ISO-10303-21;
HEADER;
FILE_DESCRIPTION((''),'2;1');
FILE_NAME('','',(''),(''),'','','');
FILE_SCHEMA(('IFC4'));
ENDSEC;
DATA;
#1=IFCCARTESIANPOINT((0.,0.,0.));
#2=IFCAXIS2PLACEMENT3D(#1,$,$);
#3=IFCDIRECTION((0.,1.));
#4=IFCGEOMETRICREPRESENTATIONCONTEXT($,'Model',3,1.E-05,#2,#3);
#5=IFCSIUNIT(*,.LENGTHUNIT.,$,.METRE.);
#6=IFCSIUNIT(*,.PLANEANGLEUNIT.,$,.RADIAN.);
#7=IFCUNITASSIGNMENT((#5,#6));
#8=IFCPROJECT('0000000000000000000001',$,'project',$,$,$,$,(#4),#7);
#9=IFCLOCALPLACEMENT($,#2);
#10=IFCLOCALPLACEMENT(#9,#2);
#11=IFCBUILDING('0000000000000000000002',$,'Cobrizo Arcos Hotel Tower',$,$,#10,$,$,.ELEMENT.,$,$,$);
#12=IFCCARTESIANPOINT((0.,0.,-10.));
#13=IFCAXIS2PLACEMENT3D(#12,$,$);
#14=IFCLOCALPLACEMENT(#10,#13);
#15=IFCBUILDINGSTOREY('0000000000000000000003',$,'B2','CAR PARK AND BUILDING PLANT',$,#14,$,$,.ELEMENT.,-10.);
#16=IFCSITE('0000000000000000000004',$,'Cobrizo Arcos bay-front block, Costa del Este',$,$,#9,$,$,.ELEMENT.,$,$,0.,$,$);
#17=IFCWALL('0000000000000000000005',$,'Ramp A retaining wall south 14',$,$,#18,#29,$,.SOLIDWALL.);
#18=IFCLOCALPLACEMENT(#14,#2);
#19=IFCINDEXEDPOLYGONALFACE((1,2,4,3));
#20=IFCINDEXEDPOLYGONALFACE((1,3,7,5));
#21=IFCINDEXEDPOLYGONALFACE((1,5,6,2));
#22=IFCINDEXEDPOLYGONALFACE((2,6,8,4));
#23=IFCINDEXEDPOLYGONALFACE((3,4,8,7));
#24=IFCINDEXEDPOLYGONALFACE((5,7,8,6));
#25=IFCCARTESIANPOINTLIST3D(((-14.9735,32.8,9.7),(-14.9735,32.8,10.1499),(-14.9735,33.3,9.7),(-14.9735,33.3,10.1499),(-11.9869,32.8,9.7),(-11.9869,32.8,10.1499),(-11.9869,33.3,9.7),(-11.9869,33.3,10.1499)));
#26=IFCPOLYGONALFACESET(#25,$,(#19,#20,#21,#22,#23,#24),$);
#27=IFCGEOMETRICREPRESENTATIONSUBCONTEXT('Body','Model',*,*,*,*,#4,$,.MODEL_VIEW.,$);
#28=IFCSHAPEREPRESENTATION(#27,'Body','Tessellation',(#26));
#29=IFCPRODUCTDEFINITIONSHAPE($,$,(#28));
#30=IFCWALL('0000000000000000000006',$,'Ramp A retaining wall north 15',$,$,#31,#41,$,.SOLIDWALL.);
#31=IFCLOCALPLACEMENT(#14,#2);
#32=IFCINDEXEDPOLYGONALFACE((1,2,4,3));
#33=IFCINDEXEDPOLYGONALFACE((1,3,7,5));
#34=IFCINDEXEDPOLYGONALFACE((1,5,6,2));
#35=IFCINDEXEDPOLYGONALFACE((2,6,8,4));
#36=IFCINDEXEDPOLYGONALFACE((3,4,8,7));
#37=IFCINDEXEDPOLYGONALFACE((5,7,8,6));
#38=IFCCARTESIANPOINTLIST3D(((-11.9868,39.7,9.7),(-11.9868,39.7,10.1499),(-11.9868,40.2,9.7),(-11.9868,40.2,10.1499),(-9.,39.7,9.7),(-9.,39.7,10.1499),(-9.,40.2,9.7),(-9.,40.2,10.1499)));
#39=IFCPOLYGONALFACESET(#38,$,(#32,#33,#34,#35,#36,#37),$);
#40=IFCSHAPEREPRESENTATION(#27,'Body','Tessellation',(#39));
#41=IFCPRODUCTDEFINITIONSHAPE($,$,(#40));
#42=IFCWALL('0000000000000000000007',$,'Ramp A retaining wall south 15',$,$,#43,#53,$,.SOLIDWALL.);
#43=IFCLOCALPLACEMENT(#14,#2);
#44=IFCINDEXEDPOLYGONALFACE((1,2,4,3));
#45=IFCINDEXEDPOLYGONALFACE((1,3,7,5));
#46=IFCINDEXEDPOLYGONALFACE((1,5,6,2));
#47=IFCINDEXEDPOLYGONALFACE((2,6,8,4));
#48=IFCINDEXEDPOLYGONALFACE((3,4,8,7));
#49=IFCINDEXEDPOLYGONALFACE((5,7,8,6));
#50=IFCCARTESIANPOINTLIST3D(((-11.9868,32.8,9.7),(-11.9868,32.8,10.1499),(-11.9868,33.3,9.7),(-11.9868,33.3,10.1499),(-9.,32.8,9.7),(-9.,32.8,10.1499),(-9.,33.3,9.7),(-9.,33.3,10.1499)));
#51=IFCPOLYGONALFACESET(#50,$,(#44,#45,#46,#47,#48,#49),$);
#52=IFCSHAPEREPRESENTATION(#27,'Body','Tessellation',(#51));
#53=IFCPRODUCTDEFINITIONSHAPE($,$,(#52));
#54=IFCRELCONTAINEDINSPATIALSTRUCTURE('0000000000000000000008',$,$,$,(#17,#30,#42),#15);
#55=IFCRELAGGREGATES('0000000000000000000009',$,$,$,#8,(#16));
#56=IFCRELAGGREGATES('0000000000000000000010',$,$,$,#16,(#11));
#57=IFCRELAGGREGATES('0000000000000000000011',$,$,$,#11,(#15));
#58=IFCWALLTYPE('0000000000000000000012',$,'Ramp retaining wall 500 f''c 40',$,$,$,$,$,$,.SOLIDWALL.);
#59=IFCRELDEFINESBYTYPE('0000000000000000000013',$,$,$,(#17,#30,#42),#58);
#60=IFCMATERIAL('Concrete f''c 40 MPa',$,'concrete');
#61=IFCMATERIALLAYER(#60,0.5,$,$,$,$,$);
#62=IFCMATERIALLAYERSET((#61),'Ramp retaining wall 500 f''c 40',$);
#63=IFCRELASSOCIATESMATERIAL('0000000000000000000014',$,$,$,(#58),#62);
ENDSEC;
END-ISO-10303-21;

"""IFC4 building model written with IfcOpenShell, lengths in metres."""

from ifc_helpers import new_model, si_unit, direction, frame, frame_2d, origin, place, context, subcontext, project, spatial, rectangle, extrude, material, layer, layer_set, type_object, element, save


model = new_model("IFC4")

# Units and contexts
model_context = context("Model", 3, precision=1e-05, world=origin(), true_north=direction((0.0, 1.0)))
body_context = subcontext(model_context, "Body", "Model", "MODEL_VIEW")
ifc_project = project(units=[si_unit("LENGTHUNIT", "METRE"), si_unit("PLANEANGLEUNIT", "RADIAN")], contexts=[model_context])

# Site, building, storey
site_placement = place(None, origin())
site = spatial("IfcSite", under=ifc_project, at=site_placement, Name="Cobrizo Arcos bay-front block, Costa del Este", CompositionType="ELEMENT", RefElevation=0.0)
building_placement = place(site_placement, origin())
building = spatial("IfcBuilding", under=site, at=building_placement, Name="Cobrizo Arcos Hotel Tower", CompositionType="ELEMENT")
storey_placement = place(building_placement, frame((0.0, 0.0, -10.0)))
storey = spatial("IfcBuildingStorey", under=building, at=storey_placement, Name="B2", Description="CAR PARK AND BUILDING PLANT", CompositionType="ELEMENT", Elevation=-10.0)

# Shared definitions
ifc_material_1 = material(Name="Concrete f'c 40 MPa", Category="concrete")

# Walls
ifc_layer_1 = layer(ifc_material_1, 0.5)
ifc_layer_set_1 = layer_set([ifc_layer_1], Name="Ramp retaining wall 500 f'c 40")
wall_type_1 = type_object("IfcWallType", Name="Ramp retaining wall 500 f'c 40", PredefinedType="SOLIDWALL", material=ifc_layer_set_1)
for number, where, z_axis, x_axis, name in (
    (1, (-14.9734, 33.05, 9.7), (0.0, 0.0, 1.0), (1.0, 0.0, 0.0), "Ramp A retaining wall south 14"),
):
    element("IfcWall", number, at=place(storey_placement, frame(where, z_axis=z_axis, x_axis=x_axis)), inside=storey, type_object=wall_type_1, Name=name, PredefinedType="SOLIDWALL", context=body_context, shape_type="SweptSolid", body=[
        extrude(rectangle(XDim=2.9866, YDim=0.5, at=frame_2d((1.4932, 0.0))), origin(), (0.0, 0.0, 1.0), 0.45),
    ])
for number, where, z_axis, x_axis, name in (
    (2, (-11.9868, 39.95, 9.7), (0.0, 0.0, 1.0), (1.0, 0.0, 0.0), "Ramp A retaining wall north 15"),
    (3, (-11.9868, 33.05, 9.7), (0.0, 0.0, 1.0), (1.0, 0.0, 0.0), "Ramp A retaining wall south 15"),
):
    element("IfcWall", number, at=place(storey_placement, frame(where, z_axis=z_axis, x_axis=x_axis)), inside=storey, type_object=wall_type_1, Name=name, PredefinedType="SOLIDWALL", context=body_context, shape_type="SweptSolid", body=[
        extrude(rectangle(XDim=2.9868, YDim=0.5, at=frame_2d((1.4934, 0.0))), origin(), (0.0, 0.0, 1.0), 0.45),
    ])

save(model, "model.ifc")
